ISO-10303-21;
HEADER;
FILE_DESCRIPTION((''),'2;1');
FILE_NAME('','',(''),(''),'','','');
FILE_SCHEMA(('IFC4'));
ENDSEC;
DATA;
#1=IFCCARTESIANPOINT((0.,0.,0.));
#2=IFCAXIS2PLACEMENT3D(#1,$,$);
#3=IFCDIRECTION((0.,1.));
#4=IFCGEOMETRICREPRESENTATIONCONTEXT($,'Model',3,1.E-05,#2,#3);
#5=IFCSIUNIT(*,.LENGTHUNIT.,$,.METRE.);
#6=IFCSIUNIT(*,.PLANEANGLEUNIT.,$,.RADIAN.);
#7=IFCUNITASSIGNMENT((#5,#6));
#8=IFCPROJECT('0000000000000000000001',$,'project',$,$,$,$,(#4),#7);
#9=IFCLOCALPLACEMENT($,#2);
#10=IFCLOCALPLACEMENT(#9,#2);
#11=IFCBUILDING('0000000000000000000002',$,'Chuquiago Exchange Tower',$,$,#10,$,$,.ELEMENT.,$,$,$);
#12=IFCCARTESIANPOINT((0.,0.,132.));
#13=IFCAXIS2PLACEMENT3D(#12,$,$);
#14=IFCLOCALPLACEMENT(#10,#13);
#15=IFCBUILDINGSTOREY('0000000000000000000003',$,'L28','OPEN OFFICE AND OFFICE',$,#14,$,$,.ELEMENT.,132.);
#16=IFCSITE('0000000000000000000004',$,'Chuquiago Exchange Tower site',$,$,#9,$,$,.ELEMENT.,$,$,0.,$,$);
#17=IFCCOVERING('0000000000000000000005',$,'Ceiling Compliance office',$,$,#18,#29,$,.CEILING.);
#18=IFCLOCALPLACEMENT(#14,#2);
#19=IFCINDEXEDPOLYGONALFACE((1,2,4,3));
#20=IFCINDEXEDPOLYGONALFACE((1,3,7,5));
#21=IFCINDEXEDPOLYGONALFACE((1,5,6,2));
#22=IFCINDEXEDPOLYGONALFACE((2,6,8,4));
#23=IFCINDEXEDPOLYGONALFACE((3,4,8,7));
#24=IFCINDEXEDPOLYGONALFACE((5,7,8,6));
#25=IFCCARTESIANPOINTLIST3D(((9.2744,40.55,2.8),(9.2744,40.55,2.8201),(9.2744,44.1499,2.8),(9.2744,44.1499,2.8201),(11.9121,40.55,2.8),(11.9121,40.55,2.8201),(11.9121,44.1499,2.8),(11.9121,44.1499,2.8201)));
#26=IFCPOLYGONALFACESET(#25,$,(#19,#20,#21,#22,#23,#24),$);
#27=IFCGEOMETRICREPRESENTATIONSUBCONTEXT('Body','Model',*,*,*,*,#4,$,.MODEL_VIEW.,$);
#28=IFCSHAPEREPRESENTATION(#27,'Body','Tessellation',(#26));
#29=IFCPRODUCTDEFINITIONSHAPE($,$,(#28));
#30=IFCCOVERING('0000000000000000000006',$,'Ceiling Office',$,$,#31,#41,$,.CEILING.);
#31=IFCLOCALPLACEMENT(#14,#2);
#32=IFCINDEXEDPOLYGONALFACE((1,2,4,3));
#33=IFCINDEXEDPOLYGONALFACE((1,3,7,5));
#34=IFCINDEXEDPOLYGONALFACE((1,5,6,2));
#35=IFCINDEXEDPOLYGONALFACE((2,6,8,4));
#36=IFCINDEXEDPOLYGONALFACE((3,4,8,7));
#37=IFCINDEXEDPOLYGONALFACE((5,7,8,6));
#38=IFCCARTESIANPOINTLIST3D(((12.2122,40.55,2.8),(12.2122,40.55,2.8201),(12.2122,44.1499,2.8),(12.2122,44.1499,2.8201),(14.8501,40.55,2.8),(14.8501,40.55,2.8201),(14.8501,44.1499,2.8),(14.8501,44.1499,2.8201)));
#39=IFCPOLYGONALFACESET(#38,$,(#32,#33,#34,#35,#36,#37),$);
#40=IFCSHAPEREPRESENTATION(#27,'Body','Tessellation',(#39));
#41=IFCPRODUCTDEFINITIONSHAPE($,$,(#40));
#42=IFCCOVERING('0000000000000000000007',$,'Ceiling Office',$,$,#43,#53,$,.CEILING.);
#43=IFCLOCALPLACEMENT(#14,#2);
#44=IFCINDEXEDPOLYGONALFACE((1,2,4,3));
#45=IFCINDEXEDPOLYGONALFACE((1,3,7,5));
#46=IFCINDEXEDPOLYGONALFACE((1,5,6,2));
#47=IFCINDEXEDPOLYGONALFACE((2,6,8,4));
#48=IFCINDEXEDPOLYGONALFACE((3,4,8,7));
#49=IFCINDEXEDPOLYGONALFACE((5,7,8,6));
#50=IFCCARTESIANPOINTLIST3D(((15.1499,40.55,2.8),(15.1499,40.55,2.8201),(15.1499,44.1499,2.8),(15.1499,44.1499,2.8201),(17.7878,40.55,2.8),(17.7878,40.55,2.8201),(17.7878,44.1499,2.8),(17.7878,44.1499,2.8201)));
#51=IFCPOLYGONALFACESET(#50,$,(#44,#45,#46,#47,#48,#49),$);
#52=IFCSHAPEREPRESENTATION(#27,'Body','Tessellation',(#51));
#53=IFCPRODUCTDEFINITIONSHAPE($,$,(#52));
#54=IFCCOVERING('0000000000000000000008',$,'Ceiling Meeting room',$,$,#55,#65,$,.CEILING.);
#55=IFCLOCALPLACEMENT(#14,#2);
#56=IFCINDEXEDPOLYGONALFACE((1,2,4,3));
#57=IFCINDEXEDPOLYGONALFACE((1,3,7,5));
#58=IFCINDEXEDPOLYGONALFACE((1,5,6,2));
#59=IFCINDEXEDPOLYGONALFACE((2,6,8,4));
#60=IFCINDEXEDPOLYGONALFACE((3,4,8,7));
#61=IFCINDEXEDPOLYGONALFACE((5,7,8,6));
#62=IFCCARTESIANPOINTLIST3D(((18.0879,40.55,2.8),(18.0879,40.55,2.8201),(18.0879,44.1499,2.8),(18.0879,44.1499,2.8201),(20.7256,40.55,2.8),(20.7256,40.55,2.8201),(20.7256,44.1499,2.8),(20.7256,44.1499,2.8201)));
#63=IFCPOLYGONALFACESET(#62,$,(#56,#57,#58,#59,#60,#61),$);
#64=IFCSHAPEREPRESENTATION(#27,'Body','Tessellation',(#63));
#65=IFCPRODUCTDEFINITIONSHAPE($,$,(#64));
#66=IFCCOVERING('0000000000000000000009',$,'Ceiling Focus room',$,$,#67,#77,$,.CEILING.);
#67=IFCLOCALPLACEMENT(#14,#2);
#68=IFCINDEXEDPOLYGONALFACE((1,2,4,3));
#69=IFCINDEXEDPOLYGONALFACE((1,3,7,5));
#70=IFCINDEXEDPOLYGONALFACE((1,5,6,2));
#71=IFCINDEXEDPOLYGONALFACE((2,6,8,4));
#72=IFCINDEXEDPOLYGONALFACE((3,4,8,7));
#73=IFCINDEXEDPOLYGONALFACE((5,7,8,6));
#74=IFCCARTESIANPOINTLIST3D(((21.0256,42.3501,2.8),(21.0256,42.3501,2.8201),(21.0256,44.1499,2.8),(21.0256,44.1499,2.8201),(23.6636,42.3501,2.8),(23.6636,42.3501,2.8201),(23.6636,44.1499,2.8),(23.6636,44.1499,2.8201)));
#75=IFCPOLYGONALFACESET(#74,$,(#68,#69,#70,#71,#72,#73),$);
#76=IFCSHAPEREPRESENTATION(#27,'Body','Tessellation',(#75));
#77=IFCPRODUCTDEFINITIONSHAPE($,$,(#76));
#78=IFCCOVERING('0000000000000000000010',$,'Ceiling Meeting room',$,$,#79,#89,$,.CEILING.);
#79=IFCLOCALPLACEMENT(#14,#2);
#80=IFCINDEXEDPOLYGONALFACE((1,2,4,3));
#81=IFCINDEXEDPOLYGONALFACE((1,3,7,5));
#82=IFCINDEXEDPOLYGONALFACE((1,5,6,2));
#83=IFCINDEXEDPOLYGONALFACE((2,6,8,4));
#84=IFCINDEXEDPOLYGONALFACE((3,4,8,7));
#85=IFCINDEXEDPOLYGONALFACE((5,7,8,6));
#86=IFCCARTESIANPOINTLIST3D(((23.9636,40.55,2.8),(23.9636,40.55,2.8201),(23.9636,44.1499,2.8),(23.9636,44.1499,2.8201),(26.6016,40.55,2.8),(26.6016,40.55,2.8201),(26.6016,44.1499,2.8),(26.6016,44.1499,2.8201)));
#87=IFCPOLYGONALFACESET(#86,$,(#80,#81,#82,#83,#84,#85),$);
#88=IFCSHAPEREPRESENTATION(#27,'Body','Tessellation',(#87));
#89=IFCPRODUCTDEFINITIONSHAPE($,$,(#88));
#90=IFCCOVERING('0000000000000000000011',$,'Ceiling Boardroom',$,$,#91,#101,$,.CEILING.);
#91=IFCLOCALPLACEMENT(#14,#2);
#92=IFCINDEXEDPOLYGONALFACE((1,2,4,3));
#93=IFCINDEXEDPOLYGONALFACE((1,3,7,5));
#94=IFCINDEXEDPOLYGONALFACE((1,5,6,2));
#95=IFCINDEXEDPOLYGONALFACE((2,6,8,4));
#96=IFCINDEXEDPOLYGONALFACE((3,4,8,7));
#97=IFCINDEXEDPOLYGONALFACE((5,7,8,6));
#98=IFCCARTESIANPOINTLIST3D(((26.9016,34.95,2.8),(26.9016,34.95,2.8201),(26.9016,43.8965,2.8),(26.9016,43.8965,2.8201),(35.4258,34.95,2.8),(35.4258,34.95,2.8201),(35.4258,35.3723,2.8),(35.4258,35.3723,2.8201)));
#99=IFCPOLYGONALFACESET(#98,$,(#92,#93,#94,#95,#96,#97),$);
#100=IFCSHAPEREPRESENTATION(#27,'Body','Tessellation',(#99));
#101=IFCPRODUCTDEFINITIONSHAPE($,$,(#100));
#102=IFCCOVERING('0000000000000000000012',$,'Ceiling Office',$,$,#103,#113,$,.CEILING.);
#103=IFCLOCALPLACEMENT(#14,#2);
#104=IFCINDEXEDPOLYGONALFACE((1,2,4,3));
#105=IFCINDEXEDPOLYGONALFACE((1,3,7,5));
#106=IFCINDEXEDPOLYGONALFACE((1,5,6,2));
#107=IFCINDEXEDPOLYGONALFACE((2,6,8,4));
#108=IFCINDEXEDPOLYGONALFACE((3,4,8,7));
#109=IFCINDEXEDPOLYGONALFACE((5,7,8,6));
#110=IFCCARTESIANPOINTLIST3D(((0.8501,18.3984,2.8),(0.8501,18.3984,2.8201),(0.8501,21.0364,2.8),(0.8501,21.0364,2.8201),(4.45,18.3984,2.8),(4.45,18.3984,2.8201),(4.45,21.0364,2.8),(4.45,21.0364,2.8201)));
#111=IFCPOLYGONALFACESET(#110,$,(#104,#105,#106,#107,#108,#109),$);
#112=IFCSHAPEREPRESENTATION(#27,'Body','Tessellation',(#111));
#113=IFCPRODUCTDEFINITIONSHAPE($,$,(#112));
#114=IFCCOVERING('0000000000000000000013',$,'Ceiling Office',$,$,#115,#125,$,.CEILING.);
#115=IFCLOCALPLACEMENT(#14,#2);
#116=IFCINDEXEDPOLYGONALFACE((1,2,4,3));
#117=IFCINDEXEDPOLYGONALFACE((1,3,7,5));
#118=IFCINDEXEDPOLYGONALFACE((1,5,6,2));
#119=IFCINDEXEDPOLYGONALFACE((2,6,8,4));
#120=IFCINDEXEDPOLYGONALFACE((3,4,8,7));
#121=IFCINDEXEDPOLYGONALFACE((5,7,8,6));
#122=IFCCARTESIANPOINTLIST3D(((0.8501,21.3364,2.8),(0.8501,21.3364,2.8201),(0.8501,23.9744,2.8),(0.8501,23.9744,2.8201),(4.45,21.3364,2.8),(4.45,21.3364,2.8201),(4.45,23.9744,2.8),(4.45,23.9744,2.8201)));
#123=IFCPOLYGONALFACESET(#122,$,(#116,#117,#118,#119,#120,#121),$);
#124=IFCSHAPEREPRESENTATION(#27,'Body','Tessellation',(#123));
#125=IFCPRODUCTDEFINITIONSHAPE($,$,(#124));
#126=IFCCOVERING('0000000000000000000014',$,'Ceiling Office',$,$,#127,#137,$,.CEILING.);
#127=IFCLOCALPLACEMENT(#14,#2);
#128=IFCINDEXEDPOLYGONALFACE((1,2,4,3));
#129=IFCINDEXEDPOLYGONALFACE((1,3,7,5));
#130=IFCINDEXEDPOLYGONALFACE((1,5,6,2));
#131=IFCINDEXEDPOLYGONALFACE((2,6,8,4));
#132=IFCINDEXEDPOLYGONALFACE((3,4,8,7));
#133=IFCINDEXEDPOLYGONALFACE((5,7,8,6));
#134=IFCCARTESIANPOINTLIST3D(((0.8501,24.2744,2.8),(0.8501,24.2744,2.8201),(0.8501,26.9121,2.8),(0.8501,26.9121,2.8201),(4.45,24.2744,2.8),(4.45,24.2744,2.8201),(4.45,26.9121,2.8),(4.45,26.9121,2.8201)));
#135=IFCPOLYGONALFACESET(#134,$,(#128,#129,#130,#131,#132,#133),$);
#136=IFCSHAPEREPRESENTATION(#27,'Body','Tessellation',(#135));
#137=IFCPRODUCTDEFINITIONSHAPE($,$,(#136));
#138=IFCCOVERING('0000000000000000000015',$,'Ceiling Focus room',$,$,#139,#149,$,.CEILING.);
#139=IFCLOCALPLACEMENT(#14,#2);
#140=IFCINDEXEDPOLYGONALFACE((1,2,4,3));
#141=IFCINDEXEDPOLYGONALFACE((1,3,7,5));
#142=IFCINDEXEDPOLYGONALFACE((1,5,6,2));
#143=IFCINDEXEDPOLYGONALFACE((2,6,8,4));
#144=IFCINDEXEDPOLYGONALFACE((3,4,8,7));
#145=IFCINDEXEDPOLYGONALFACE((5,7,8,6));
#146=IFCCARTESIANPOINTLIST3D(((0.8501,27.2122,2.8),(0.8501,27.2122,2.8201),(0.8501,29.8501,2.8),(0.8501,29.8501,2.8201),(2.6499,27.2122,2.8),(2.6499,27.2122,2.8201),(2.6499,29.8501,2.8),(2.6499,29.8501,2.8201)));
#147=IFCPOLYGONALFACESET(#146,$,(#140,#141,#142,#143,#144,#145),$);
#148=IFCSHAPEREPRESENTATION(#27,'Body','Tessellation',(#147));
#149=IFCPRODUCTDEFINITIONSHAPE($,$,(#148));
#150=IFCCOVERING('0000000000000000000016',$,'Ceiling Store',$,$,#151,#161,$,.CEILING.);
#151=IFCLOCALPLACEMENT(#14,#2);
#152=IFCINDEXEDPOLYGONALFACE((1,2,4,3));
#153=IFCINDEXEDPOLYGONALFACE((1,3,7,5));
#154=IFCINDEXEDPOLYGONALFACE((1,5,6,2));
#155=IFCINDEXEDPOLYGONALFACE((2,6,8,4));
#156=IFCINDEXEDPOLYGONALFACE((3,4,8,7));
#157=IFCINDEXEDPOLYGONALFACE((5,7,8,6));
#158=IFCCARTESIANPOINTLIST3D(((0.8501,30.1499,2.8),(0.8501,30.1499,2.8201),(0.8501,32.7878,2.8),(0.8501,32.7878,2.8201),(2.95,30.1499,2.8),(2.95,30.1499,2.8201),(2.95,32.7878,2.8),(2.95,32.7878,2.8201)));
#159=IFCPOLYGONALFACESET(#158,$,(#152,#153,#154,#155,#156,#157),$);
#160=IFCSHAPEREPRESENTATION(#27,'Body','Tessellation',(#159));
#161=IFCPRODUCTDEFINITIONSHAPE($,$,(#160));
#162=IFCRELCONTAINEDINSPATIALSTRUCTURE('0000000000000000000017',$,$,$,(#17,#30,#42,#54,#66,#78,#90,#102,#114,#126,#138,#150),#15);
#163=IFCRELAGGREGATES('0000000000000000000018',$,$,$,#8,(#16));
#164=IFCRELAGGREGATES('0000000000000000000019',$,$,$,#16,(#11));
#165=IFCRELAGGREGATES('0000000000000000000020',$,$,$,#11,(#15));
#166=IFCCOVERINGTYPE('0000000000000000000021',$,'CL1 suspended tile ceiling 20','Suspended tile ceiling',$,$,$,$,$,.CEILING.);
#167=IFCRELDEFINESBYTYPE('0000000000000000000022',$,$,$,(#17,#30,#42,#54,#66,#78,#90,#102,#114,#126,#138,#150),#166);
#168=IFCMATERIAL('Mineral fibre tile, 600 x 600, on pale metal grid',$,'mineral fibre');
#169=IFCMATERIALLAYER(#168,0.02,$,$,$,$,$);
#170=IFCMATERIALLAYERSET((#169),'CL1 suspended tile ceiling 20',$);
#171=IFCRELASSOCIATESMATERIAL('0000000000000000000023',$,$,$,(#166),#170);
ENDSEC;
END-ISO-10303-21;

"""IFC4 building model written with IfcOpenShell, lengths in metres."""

from ifc_helpers import new_model, si_unit, direction, frame, origin, place, context, subcontext, project, spatial, polyline, outline, extrude, material, layer, layer_set, type_object, element, save


model = new_model("IFC4")

# Units and contexts
model_context = context("Model", 3, precision=1e-05, world=origin(), true_north=direction((0.0, 1.0)))
body_context = subcontext(model_context, "Body", "Model", "MODEL_VIEW")
ifc_project = project(units=[si_unit("LENGTHUNIT", "METRE"), si_unit("PLANEANGLEUNIT", "RADIAN")], contexts=[model_context])

# Site, building, storey
site_placement = place(None, origin())
site = spatial("IfcSite", under=ifc_project, at=site_placement, Name="Chuquiago Exchange Tower site", CompositionType="ELEMENT", RefElevation=0.0)
building_placement = place(site_placement, origin())
building = spatial("IfcBuilding", under=site, at=building_placement, Name="Chuquiago Exchange Tower", CompositionType="ELEMENT")
storey_placement = place(building_placement, frame((0.0, 0.0, 132.0)))
storey = spatial("IfcBuildingStorey", under=building, at=storey_placement, Name="L28", Description="OPEN OFFICE AND OFFICE", CompositionType="ELEMENT", Elevation=132.0)

# Coverings
ifc_material_1 = material(Name="Mineral fibre tile, 600 x 600, on pale metal grid", Category="mineral fibre")
ifc_layer_1 = layer(ifc_material_1, 0.02)
ifc_layer_set_1 = layer_set([ifc_layer_1], Name="CL1 suspended tile ceiling 20")
covering_type_1 = type_object("IfcCoveringType", Name="CL1 suspended tile ceiling 20", Description="Suspended tile ceiling", PredefinedType="CEILING", material=ifc_layer_set_1)
covering_1_placement = place(storey_placement, frame((0.0, 0.0, 2.8)))
element("IfcCovering", 1, at=covering_1_placement, inside=storey, type_object=covering_type_1, Name="Ceiling Compliance office", PredefinedType="CEILING", context=body_context, shape_type="SweptSolid", body=[
    extrude(outline(polyline([(11.9121, 40.55), (9.2744, 40.55), (9.2744, 44.1499), (11.9121, 44.1499), (11.9121, 40.55)])), origin(), (0.0, 0.0, 1.0), 0.02),
])
covering_2_placement = place(storey_placement, frame((0.0, 0.0, 2.8)))
element("IfcCovering", 2, at=covering_2_placement, inside=storey, type_object=covering_type_1, Name="Ceiling Office", PredefinedType="CEILING", context=body_context, shape_type="SweptSolid", body=[
    extrude(outline(polyline([(14.8501, 40.55), (12.2122, 40.55), (12.2122, 44.1499), (14.8501, 44.1499), (14.8501, 40.55)])), origin(), (0.0, 0.0, 1.0), 0.02),
])
covering_3_placement = place(storey_placement, frame((0.0, 0.0, 2.8)))
element("IfcCovering", 3, at=covering_3_placement, inside=storey, type_object=covering_type_1, Name="Ceiling Office", PredefinedType="CEILING", context=body_context, shape_type="SweptSolid", body=[
    extrude(outline(polyline([(17.7878, 40.55), (15.1499, 40.55), (15.1499, 44.1499), (17.7878, 44.1499), (17.7878, 40.55)])), origin(), (0.0, 0.0, 1.0), 0.02),
])
covering_4_placement = place(storey_placement, frame((0.0, 0.0, 2.8)))
element("IfcCovering", 4, at=covering_4_placement, inside=storey, type_object=covering_type_1, Name="Ceiling Meeting room", PredefinedType="CEILING", context=body_context, shape_type="SweptSolid", body=[
    extrude(outline(polyline([(20.7256, 40.55), (18.0879, 40.55), (18.0879, 44.1499), (20.7256, 44.1499), (20.7256, 40.55)])), origin(), (0.0, 0.0, 1.0), 0.02),
])
covering_5_placement = place(storey_placement, frame((0.0, 0.0, 2.8)))
element("IfcCovering", 5, at=covering_5_placement, inside=storey, type_object=covering_type_1, Name="Ceiling Focus room", PredefinedType="CEILING", context=body_context, shape_type="SweptSolid", body=[
    extrude(outline(polyline([(23.6636, 42.3501), (21.0256, 42.3501), (21.0256, 44.1499), (23.6636, 44.1499), (23.6636, 42.3501)])), origin(), (0.0, 0.0, 1.0), 0.02),
])
covering_6_placement = place(storey_placement, frame((0.0, 0.0, 2.8)))
element("IfcCovering", 6, at=covering_6_placement, inside=storey, type_object=covering_type_1, Name="Ceiling Meeting room", PredefinedType="CEILING", context=body_context, shape_type="SweptSolid", body=[
    extrude(outline(polyline([(26.6016, 40.55), (23.9636, 40.55), (23.9636, 44.1499), (26.6016, 44.1499), (26.6016, 40.55)])), origin(), (0.0, 0.0, 1.0), 0.02),
])
covering_7_placement = place(storey_placement, frame((0.0, 0.0, 2.8)))
element("IfcCovering", 7, at=covering_7_placement, inside=storey, type_object=covering_type_1, Name="Ceiling Boardroom", PredefinedType="CEILING", context=body_context, shape_type="SweptSolid", body=[
    extrude(outline(polyline([(35.4258, 34.95), (26.9016, 34.95), (26.9016, 43.8965), (35.4258, 35.3723), (35.4258, 34.95)])), origin(), (0.0, 0.0, 1.0), 0.02),
])
covering_8_placement = place(storey_placement, frame((0.0, 0.0, 2.8)))
element("IfcCovering", 8, at=covering_8_placement, inside=storey, type_object=covering_type_1, Name="Ceiling Office", PredefinedType="CEILING", context=body_context, shape_type="SweptSolid", body=[
    extrude(outline(polyline([(0.8501, 21.0364), (4.45, 21.0364), (4.45, 18.3984), (0.8501, 18.3984), (0.8501, 21.0364)])), origin(), (0.0, 0.0, 1.0), 0.02),
])
covering_9_placement = place(storey_placement, frame((0.0, 0.0, 2.8)))
element("IfcCovering", 9, at=covering_9_placement, inside=storey, type_object=covering_type_1, Name="Ceiling Office", PredefinedType="CEILING", context=body_context, shape_type="SweptSolid", body=[
    extrude(outline(polyline([(4.45, 23.9744), (4.45, 21.3364), (0.8501, 21.3364), (0.8501, 23.9744), (4.45, 23.9744)])), origin(), (0.0, 0.0, 1.0), 0.02),
])
covering_10_placement = place(storey_placement, frame((0.0, 0.0, 2.8)))
element("IfcCovering", 10, at=covering_10_placement, inside=storey, type_object=covering_type_1, Name="Ceiling Office", PredefinedType="CEILING", context=body_context, shape_type="SweptSolid", body=[
    extrude(outline(polyline([(4.45, 26.9121), (4.45, 24.2744), (0.8501, 24.2744), (0.8501, 26.9121), (4.45, 26.9121)])), origin(), (0.0, 0.0, 1.0), 0.02),
])
covering_11_placement = place(storey_placement, frame((0.0, 0.0, 2.8)))
element("IfcCovering", 11, at=covering_11_placement, inside=storey, type_object=covering_type_1, Name="Ceiling Focus room", PredefinedType="CEILING", context=body_context, shape_type="SweptSolid", body=[
    extrude(outline(polyline([(2.6499, 29.8501), (2.6499, 27.2122), (0.8501, 27.2122), (0.8501, 29.8501), (2.6499, 29.8501)])), origin(), (0.0, 0.0, 1.0), 0.02),
])
covering_12_placement = place(storey_placement, frame((0.0, 0.0, 2.8)))
element("IfcCovering", 12, at=covering_12_placement, inside=storey, type_object=covering_type_1, Name="Ceiling Store", PredefinedType="CEILING", context=body_context, shape_type="SweptSolid", body=[
    extrude(outline(polyline([(2.95, 32.7878), (2.95, 30.1499), (0.8501, 30.1499), (0.8501, 32.7878), (2.95, 32.7878)])), origin(), (0.0, 0.0, 1.0), 0.02),
])

save(model, "model.ifc")
